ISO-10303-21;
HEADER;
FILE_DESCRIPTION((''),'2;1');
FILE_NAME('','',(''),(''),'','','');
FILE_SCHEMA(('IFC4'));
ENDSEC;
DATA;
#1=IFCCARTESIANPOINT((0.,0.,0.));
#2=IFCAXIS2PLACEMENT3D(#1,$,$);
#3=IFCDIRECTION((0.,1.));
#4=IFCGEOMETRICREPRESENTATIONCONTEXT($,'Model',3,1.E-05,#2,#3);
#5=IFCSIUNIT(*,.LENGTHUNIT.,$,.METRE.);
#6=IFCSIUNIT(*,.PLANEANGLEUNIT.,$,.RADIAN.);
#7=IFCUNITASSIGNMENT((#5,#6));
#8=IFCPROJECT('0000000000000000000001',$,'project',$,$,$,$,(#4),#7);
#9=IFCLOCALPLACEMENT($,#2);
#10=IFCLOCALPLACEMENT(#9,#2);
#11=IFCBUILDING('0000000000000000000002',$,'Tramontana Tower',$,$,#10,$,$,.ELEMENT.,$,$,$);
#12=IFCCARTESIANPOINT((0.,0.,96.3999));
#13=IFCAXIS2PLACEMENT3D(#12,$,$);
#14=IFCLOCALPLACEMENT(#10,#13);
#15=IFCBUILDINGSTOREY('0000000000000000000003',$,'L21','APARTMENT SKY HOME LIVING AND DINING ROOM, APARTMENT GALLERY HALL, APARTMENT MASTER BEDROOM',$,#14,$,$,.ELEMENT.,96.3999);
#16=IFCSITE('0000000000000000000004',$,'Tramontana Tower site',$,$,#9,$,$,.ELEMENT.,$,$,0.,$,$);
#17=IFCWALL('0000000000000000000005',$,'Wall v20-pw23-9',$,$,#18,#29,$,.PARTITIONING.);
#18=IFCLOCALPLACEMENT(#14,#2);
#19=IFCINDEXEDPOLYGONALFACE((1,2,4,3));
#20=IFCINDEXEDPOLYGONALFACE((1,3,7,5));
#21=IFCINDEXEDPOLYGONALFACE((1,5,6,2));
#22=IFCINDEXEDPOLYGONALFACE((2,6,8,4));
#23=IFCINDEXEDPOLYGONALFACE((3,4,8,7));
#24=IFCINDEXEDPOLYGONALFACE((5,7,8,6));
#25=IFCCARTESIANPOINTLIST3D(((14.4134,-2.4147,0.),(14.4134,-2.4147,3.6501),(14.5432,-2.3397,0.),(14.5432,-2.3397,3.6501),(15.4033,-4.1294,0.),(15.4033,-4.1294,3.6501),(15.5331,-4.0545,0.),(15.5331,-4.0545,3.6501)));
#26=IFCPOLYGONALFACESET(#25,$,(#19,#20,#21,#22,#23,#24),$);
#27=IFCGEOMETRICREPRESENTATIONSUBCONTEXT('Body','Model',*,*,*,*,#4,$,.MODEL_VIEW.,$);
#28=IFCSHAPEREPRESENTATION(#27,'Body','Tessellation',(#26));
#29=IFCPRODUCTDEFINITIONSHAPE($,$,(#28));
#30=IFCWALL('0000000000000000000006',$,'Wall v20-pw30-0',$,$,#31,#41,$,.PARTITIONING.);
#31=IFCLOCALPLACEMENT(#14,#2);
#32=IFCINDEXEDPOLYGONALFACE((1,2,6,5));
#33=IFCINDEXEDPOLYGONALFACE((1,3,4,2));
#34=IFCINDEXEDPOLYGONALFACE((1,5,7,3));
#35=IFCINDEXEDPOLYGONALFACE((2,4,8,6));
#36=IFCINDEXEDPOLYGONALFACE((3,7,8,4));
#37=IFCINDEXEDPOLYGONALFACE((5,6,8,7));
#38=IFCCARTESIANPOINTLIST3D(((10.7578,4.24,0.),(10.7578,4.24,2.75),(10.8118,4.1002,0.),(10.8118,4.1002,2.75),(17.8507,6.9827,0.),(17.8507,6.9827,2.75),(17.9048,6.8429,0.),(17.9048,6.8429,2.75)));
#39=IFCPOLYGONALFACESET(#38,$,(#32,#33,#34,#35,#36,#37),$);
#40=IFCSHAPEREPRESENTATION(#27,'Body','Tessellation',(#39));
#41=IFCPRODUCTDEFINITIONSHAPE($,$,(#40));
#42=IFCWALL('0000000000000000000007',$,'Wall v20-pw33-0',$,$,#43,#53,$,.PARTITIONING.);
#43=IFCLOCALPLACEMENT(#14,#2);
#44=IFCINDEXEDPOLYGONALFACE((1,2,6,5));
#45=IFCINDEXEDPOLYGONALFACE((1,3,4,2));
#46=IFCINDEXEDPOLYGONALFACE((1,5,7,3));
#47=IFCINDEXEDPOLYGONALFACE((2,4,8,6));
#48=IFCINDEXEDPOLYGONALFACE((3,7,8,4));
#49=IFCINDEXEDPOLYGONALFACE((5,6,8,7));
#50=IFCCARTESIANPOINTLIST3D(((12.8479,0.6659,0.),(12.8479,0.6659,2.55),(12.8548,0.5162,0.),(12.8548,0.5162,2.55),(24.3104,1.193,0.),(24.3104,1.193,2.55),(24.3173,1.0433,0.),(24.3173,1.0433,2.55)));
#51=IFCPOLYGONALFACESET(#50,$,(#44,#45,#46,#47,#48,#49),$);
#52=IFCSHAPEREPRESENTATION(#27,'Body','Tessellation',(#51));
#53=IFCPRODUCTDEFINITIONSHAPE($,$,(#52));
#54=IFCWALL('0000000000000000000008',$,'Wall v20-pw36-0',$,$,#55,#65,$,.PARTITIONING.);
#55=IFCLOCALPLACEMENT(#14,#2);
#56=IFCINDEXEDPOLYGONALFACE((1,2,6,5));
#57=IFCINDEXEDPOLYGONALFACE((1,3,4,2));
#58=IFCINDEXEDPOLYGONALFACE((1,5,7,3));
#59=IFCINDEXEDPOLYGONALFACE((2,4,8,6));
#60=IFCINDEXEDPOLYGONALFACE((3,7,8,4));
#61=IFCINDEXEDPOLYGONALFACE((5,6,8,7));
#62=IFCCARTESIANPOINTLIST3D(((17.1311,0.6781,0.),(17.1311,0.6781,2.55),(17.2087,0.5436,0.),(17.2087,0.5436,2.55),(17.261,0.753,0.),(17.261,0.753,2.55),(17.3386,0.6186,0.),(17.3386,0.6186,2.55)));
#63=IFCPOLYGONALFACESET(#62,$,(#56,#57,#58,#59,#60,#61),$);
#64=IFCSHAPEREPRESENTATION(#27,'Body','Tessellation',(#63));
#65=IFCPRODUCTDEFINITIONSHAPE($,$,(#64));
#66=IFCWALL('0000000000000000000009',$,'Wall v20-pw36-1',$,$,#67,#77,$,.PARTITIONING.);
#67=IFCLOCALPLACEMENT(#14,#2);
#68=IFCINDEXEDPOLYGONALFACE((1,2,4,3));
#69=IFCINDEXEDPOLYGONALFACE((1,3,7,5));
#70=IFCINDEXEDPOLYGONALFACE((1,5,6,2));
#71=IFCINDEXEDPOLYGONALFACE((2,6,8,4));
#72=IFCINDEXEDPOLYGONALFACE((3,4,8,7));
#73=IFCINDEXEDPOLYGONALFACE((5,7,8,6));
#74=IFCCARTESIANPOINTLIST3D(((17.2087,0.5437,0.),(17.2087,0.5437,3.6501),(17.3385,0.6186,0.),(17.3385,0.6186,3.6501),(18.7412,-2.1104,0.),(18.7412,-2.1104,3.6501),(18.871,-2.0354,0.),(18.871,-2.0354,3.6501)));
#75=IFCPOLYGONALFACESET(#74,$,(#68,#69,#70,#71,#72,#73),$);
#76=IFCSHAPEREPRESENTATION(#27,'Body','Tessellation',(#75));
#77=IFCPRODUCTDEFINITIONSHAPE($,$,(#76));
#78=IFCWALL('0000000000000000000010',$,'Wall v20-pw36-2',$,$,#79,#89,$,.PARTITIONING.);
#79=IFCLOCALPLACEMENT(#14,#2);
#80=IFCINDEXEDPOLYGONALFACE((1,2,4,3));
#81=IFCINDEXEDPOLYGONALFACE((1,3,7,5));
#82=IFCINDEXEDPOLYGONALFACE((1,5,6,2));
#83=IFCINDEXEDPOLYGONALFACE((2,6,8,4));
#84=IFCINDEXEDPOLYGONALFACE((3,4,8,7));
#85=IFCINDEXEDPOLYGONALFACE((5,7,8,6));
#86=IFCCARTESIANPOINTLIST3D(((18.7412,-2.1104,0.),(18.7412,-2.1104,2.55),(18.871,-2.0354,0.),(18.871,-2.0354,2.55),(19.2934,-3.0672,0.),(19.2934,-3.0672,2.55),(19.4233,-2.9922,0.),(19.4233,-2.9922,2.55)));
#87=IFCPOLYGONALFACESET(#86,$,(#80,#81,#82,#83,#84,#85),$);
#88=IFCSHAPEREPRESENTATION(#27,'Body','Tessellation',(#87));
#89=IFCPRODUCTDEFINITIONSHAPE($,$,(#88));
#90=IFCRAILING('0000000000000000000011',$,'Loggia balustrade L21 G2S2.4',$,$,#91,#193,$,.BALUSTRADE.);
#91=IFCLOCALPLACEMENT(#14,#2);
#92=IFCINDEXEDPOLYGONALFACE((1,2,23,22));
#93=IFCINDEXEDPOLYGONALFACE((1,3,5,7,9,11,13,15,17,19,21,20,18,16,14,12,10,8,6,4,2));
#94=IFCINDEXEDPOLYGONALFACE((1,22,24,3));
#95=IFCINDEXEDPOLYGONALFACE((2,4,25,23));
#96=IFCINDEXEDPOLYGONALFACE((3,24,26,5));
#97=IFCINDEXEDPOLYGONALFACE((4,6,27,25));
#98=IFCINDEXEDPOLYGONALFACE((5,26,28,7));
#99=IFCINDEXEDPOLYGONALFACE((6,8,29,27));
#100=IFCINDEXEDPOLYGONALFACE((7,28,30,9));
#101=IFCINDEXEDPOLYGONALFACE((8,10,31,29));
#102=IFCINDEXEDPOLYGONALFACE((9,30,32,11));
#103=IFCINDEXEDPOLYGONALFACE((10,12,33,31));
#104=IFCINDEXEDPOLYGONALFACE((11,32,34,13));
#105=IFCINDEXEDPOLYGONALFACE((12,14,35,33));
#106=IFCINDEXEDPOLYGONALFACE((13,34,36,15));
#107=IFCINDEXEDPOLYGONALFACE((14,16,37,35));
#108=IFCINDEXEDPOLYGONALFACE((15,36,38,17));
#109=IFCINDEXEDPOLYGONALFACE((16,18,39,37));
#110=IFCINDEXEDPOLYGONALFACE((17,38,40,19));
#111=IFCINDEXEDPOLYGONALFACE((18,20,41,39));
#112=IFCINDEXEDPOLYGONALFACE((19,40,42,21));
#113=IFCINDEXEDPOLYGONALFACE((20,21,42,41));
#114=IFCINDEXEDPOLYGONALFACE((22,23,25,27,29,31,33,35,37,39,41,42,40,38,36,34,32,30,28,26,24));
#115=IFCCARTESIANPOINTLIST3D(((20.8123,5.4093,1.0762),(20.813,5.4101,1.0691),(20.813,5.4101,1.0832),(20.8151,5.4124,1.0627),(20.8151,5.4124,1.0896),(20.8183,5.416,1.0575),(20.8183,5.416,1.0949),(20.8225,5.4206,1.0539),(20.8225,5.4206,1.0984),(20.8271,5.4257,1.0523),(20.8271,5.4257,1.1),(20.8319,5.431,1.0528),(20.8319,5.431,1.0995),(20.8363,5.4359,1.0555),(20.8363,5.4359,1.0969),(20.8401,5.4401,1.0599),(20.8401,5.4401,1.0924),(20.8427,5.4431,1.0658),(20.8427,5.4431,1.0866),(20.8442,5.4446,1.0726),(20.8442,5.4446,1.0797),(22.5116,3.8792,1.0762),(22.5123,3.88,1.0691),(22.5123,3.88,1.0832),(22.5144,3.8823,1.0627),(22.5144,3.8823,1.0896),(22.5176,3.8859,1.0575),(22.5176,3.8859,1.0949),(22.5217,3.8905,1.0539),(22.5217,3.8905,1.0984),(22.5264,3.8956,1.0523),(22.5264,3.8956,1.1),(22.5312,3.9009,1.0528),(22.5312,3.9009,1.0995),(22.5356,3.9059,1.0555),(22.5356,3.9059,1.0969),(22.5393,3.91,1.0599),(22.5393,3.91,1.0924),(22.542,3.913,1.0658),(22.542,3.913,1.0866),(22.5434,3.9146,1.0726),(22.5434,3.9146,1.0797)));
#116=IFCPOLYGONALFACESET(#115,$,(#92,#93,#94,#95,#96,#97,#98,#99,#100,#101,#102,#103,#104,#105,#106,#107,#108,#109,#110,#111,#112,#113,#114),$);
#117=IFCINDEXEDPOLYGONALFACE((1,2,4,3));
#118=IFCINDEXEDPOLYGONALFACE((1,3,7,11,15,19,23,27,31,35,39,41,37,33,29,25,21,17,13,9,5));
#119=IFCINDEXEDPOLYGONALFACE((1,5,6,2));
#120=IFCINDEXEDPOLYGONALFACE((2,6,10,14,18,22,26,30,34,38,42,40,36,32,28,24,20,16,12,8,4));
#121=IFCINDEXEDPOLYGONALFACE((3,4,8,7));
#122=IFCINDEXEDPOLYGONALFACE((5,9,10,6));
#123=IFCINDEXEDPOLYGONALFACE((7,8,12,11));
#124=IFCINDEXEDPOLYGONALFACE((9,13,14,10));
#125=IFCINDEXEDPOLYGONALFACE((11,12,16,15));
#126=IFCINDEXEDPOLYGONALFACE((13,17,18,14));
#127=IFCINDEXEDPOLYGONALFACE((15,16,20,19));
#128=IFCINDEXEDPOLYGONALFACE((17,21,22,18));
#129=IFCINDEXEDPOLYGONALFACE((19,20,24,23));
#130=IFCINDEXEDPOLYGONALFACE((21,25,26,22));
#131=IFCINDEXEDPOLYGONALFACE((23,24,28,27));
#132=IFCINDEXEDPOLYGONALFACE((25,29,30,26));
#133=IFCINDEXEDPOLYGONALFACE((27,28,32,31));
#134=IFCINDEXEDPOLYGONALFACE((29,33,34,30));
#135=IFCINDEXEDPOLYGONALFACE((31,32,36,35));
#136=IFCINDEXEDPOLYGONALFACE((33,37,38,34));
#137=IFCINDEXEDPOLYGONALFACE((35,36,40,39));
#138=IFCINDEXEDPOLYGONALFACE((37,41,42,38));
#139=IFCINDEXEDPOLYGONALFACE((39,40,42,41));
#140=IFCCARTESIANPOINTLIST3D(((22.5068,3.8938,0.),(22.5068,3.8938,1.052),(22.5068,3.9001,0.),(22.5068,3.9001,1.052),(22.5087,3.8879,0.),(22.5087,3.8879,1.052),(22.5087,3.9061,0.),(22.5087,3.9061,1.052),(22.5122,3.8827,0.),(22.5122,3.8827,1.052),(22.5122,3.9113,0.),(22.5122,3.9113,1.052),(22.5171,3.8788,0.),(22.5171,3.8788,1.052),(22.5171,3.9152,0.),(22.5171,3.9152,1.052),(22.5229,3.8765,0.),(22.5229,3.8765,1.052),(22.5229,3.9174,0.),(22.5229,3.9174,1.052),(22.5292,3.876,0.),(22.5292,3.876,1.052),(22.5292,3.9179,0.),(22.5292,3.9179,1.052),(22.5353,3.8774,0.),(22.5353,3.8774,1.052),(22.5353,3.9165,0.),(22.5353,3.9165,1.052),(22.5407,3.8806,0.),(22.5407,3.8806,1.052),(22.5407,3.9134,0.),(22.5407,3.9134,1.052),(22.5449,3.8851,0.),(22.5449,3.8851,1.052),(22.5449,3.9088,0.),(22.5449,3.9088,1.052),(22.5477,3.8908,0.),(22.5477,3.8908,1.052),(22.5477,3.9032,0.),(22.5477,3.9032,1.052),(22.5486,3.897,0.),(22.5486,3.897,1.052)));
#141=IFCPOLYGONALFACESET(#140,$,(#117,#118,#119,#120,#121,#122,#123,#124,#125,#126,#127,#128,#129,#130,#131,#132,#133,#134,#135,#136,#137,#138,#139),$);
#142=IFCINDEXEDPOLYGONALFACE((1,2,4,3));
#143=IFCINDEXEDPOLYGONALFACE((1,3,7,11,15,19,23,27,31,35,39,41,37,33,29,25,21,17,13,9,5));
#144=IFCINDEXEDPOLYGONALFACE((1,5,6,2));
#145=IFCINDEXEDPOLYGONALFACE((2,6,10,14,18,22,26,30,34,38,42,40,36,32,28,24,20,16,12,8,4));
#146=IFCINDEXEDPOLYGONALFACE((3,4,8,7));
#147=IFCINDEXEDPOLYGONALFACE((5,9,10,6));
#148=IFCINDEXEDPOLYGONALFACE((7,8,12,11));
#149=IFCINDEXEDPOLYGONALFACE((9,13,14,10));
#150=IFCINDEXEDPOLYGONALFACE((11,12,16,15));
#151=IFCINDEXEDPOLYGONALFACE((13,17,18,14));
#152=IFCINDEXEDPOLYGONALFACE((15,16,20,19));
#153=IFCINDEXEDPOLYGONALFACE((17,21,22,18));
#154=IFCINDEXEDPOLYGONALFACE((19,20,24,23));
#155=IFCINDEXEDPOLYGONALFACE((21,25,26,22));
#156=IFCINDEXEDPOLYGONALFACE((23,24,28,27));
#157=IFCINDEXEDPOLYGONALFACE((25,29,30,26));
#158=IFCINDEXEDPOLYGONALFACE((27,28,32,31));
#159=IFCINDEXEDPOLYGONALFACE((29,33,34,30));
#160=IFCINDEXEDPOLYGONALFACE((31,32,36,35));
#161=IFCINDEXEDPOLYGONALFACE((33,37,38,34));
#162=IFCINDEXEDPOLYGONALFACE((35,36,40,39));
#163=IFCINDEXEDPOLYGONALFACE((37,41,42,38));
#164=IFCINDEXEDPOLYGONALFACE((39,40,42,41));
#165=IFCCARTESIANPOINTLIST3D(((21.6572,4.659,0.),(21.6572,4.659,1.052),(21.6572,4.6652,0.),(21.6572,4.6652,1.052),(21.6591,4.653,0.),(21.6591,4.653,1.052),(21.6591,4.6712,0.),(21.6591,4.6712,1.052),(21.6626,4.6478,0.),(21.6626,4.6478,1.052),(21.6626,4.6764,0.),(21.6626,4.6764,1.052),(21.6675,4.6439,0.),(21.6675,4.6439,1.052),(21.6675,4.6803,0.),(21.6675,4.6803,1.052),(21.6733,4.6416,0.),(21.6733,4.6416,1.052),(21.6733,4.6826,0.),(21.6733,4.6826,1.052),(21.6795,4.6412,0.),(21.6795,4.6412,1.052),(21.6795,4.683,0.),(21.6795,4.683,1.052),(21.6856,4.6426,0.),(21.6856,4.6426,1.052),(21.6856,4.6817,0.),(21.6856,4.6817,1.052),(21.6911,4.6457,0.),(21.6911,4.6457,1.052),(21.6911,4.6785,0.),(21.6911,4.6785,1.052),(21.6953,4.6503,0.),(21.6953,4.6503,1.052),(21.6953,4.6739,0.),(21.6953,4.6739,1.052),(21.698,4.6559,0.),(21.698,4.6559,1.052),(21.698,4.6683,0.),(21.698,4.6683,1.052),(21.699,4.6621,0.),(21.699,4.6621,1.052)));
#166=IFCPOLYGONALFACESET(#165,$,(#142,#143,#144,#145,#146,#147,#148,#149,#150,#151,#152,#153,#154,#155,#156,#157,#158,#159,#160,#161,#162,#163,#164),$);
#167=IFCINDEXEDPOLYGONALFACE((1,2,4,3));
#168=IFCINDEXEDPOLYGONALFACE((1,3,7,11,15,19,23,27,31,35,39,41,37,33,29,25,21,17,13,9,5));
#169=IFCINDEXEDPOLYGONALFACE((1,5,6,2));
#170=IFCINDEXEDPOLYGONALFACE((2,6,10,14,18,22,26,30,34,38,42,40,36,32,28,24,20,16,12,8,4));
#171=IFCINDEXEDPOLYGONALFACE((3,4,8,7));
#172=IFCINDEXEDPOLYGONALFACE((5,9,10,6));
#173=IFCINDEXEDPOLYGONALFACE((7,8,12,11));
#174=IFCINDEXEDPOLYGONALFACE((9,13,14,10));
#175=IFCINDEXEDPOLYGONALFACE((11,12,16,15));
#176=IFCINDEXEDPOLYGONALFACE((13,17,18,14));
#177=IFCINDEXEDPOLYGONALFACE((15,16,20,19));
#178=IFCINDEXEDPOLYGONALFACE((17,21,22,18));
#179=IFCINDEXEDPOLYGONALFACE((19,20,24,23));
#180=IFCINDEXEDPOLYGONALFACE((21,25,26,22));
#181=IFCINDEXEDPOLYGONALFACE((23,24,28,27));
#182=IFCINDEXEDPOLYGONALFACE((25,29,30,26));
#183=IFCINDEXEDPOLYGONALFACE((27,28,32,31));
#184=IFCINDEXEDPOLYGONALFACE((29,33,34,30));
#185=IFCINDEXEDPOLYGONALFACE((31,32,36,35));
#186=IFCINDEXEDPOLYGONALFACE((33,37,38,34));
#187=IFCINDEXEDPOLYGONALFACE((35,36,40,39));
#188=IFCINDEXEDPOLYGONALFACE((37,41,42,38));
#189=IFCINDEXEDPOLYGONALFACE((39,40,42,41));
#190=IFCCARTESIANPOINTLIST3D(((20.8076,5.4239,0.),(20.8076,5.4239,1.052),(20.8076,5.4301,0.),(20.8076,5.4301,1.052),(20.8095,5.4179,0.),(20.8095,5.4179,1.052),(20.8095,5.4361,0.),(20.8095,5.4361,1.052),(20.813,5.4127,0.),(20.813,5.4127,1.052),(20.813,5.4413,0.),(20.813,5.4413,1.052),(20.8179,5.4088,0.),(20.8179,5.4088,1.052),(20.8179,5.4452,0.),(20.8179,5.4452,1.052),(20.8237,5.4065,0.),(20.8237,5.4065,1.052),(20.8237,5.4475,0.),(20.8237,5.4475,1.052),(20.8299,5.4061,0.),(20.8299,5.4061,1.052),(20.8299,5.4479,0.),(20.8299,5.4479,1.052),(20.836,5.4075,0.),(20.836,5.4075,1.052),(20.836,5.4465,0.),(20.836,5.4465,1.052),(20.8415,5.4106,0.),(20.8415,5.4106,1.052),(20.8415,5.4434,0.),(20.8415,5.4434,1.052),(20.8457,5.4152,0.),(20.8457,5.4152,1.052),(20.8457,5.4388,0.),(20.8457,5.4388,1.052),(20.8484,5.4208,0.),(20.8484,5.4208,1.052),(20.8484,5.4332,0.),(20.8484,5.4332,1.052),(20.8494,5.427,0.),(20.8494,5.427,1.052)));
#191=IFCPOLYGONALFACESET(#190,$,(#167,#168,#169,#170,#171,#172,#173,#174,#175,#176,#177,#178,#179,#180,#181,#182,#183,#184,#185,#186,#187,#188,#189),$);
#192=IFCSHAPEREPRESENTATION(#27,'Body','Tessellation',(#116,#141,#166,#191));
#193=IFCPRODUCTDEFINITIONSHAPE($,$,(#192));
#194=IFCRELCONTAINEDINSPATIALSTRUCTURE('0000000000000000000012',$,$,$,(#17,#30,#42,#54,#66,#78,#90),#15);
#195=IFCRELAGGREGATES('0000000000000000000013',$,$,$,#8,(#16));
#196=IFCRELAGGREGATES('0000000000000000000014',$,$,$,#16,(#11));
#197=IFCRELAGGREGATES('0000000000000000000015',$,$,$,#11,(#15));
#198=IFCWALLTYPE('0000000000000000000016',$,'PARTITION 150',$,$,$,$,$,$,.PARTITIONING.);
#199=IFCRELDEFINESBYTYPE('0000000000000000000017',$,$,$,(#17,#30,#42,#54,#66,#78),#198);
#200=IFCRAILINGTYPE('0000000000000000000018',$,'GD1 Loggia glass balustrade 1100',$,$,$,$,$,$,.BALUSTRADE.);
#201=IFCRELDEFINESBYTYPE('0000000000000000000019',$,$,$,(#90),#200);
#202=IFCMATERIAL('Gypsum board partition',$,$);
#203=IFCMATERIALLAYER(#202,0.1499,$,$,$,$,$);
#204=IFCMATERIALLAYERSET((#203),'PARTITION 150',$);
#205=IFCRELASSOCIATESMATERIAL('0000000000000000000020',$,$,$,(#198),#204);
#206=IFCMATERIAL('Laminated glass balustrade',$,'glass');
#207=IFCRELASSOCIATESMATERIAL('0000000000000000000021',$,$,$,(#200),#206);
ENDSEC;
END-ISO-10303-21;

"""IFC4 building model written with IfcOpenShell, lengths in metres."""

from ifc_helpers import new_model, si_unit, direction, frame, frame_2d, origin, origin_2d, place, context, subcontext, project, spatial, rectangle, circle, extrude, material, layer, layer_set, type_object, element, save


model = new_model("IFC4")

# Units and contexts
model_context = context("Model", 3, precision=1e-05, world=origin(), true_north=direction((0.0, 1.0)))
body_context = subcontext(model_context, "Body", "Model", "MODEL_VIEW")
ifc_project = project(units=[si_unit("LENGTHUNIT", "METRE"), si_unit("PLANEANGLEUNIT", "RADIAN")], contexts=[model_context])

# Site, building, storey
site_placement = place(None, origin())
site = spatial("IfcSite", under=ifc_project, at=site_placement, Name="Tramontana Tower site", CompositionType="ELEMENT", RefElevation=0.0)
building_placement = place(site_placement, origin())
building = spatial("IfcBuilding", under=site, at=building_placement, Name="Tramontana Tower", CompositionType="ELEMENT")
storey_placement = place(building_placement, frame((0.0, 0.0, 96.3999)))
storey = spatial("IfcBuildingStorey", under=building, at=storey_placement, Name="L21", Description="APARTMENT SKY HOME LIVING AND DINING ROOM, APARTMENT GALLERY HALL, APARTMENT MASTER BEDROOM", CompositionType="ELEMENT", Elevation=96.3999)

# Shared definitions
ifc_material_1 = material(Name="Gypsum board partition")
ifc_layer_1 = layer(ifc_material_1, 0.1499)
ifc_layer_set_1 = layer_set([ifc_layer_1], Name="PARTITION 150")
wall_type_1 = type_object("IfcWallType", Name="PARTITION 150", PredefinedType="PARTITIONING", material=ifc_layer_set_1)

# Walls
wall_1_placement = place(storey_placement, frame((14.4783, -2.3772, 0.0), z_axis=(0.0, 0.0, 1.0), x_axis=(0.499971, -0.866042, 0.0)))
element("IfcWall", 1, at=wall_1_placement, inside=storey, type_object=wall_type_1, Name="Wall v20-pw23-9", PredefinedType="PARTITIONING", context=body_context, shape_type="SweptSolid", body=[
    extrude(rectangle(XDim=1.98, YDim=0.1499, at=frame_2d((0.99, 0.0))), origin(), (0.0, 0.0, 1.0), 3.6501),
])
wall_2_placement = place(storey_placement, frame((10.7849, 4.1702, 0.0), z_axis=(0.0, 0.0, 1.0), x_axis=(0.932701, 0.36065, 0.0)))
element("IfcWall", 2, at=wall_2_placement, inside=storey, type_object=wall_type_1, Name="Wall v20-pw30-0", PredefinedType="PARTITIONING", context=body_context, shape_type="SweptSolid", body=[
    extrude(rectangle(XDim=7.6047, YDim=0.1499, at=frame_2d((3.8022, 0.0))), origin(), (0.0, 0.0, 1.0), 2.75),
])
wall_3_placement = place(storey_placement, frame((12.8513, 0.5911, 0.0), z_axis=(0.0, 0.0, 1.0), x_axis=(0.998944, 0.045937, 0.0)))
element("IfcWall", 3, at=wall_3_placement, inside=storey, type_object=wall_type_1, Name="Wall v20-pw33-0", PredefinedType="PARTITIONING", context=body_context, shape_type="SweptSolid", body=[
    extrude(rectangle(XDim=11.4746, YDim=0.1499, at=frame_2d((5.7373, 0.0))), origin(), (0.0, 0.0, 1.0), 2.55),
])
wall_4_placement = place(storey_placement, frame((17.196, 0.7156, 0.0), z_axis=(0.0, 0.0, 1.0), x_axis=(0.499859, -0.866107, 0.0)))
element("IfcWall", 4, at=wall_4_placement, inside=storey, type_object=wall_type_1, Name="Wall v20-pw36-0", PredefinedType="PARTITIONING", context=body_context, shape_type="SweptSolid", body=[
    extrude(rectangle(XDim=0.1553, YDim=0.1499, at=frame_2d((0.0776, 0.0))), origin(), (0.0, 0.0, 1.0), 2.55),
])
wall_5_placement = place(storey_placement, frame((17.2737, 0.5811, 0.0), z_axis=(0.0, 0.0, 1.0), x_axis=(0.500037, -0.866004, 0.0)))
element("IfcWall", 5, at=wall_5_placement, inside=storey, type_object=wall_type_1, Name="Wall v20-pw36-1", PredefinedType="PARTITIONING", context=body_context, shape_type="SweptSolid", body=[
    extrude(rectangle(XDim=3.0647, YDim=0.1499, at=frame_2d((1.5322, 0.0))), origin(), (0.0, 0.0, 1.0), 3.6501),
])
wall_6_placement = place(storey_placement, frame((18.8062, -2.073, 0.0), z_axis=(0.0, 0.0, 1.0), x_axis=(0.499895, -0.866086, 0.0)))
element("IfcWall", 6, at=wall_6_placement, inside=storey, type_object=wall_type_1, Name="Wall v20-pw36-2", PredefinedType="PARTITIONING", context=body_context, shape_type="SweptSolid", body=[
    extrude(rectangle(XDim=1.1047, YDim=0.1499, at=frame_2d((0.5522, 0.0))), origin(), (0.0, 0.0, 1.0), 2.55),
])

# Railing
ifc_material_2 = material(Name="Laminated glass balustrade", Category="glass")
railing_type = type_object("IfcRailingType", Name="GD1 Loggia glass balustrade 1100", PredefinedType="BALUSTRADE", material=ifc_material_2)
railing_placement = place(storey_placement, frame((22.5276, 3.897, 0.0)))
element("IfcRailing", 7, at=railing_placement, inside=storey, type_object=railing_type, Name="Loggia balustrade L21 G2S2.4", PredefinedType="BALUSTRADE", context=body_context, shape_type="SweptSolid", body=[
    extrude(circle(Radius=0.0239, at=origin_2d()), frame((0.0, 0.0, 1.0762), z_axis=(-0.743135, 0.669142, 0.0), x_axis=(-0.669142, -0.743135, 0.0)), (0.0, 0.0, 1.0), 2.2866),
    extrude(circle(Radius=0.021, at=origin_2d()), origin(), (0.0, 0.0, 1.0), 1.052),
    extrude(circle(Radius=0.021, at=origin_2d()), frame((-0.8496, 0.7651, 0.0)), (0.0, 0.0, 1.0), 1.052),
    extrude(circle(Radius=0.021, at=origin_2d()), frame((-1.6992, 1.53, 0.0)), (0.0, 0.0, 1.0), 1.052),
])

save(model, "model.ifc")
